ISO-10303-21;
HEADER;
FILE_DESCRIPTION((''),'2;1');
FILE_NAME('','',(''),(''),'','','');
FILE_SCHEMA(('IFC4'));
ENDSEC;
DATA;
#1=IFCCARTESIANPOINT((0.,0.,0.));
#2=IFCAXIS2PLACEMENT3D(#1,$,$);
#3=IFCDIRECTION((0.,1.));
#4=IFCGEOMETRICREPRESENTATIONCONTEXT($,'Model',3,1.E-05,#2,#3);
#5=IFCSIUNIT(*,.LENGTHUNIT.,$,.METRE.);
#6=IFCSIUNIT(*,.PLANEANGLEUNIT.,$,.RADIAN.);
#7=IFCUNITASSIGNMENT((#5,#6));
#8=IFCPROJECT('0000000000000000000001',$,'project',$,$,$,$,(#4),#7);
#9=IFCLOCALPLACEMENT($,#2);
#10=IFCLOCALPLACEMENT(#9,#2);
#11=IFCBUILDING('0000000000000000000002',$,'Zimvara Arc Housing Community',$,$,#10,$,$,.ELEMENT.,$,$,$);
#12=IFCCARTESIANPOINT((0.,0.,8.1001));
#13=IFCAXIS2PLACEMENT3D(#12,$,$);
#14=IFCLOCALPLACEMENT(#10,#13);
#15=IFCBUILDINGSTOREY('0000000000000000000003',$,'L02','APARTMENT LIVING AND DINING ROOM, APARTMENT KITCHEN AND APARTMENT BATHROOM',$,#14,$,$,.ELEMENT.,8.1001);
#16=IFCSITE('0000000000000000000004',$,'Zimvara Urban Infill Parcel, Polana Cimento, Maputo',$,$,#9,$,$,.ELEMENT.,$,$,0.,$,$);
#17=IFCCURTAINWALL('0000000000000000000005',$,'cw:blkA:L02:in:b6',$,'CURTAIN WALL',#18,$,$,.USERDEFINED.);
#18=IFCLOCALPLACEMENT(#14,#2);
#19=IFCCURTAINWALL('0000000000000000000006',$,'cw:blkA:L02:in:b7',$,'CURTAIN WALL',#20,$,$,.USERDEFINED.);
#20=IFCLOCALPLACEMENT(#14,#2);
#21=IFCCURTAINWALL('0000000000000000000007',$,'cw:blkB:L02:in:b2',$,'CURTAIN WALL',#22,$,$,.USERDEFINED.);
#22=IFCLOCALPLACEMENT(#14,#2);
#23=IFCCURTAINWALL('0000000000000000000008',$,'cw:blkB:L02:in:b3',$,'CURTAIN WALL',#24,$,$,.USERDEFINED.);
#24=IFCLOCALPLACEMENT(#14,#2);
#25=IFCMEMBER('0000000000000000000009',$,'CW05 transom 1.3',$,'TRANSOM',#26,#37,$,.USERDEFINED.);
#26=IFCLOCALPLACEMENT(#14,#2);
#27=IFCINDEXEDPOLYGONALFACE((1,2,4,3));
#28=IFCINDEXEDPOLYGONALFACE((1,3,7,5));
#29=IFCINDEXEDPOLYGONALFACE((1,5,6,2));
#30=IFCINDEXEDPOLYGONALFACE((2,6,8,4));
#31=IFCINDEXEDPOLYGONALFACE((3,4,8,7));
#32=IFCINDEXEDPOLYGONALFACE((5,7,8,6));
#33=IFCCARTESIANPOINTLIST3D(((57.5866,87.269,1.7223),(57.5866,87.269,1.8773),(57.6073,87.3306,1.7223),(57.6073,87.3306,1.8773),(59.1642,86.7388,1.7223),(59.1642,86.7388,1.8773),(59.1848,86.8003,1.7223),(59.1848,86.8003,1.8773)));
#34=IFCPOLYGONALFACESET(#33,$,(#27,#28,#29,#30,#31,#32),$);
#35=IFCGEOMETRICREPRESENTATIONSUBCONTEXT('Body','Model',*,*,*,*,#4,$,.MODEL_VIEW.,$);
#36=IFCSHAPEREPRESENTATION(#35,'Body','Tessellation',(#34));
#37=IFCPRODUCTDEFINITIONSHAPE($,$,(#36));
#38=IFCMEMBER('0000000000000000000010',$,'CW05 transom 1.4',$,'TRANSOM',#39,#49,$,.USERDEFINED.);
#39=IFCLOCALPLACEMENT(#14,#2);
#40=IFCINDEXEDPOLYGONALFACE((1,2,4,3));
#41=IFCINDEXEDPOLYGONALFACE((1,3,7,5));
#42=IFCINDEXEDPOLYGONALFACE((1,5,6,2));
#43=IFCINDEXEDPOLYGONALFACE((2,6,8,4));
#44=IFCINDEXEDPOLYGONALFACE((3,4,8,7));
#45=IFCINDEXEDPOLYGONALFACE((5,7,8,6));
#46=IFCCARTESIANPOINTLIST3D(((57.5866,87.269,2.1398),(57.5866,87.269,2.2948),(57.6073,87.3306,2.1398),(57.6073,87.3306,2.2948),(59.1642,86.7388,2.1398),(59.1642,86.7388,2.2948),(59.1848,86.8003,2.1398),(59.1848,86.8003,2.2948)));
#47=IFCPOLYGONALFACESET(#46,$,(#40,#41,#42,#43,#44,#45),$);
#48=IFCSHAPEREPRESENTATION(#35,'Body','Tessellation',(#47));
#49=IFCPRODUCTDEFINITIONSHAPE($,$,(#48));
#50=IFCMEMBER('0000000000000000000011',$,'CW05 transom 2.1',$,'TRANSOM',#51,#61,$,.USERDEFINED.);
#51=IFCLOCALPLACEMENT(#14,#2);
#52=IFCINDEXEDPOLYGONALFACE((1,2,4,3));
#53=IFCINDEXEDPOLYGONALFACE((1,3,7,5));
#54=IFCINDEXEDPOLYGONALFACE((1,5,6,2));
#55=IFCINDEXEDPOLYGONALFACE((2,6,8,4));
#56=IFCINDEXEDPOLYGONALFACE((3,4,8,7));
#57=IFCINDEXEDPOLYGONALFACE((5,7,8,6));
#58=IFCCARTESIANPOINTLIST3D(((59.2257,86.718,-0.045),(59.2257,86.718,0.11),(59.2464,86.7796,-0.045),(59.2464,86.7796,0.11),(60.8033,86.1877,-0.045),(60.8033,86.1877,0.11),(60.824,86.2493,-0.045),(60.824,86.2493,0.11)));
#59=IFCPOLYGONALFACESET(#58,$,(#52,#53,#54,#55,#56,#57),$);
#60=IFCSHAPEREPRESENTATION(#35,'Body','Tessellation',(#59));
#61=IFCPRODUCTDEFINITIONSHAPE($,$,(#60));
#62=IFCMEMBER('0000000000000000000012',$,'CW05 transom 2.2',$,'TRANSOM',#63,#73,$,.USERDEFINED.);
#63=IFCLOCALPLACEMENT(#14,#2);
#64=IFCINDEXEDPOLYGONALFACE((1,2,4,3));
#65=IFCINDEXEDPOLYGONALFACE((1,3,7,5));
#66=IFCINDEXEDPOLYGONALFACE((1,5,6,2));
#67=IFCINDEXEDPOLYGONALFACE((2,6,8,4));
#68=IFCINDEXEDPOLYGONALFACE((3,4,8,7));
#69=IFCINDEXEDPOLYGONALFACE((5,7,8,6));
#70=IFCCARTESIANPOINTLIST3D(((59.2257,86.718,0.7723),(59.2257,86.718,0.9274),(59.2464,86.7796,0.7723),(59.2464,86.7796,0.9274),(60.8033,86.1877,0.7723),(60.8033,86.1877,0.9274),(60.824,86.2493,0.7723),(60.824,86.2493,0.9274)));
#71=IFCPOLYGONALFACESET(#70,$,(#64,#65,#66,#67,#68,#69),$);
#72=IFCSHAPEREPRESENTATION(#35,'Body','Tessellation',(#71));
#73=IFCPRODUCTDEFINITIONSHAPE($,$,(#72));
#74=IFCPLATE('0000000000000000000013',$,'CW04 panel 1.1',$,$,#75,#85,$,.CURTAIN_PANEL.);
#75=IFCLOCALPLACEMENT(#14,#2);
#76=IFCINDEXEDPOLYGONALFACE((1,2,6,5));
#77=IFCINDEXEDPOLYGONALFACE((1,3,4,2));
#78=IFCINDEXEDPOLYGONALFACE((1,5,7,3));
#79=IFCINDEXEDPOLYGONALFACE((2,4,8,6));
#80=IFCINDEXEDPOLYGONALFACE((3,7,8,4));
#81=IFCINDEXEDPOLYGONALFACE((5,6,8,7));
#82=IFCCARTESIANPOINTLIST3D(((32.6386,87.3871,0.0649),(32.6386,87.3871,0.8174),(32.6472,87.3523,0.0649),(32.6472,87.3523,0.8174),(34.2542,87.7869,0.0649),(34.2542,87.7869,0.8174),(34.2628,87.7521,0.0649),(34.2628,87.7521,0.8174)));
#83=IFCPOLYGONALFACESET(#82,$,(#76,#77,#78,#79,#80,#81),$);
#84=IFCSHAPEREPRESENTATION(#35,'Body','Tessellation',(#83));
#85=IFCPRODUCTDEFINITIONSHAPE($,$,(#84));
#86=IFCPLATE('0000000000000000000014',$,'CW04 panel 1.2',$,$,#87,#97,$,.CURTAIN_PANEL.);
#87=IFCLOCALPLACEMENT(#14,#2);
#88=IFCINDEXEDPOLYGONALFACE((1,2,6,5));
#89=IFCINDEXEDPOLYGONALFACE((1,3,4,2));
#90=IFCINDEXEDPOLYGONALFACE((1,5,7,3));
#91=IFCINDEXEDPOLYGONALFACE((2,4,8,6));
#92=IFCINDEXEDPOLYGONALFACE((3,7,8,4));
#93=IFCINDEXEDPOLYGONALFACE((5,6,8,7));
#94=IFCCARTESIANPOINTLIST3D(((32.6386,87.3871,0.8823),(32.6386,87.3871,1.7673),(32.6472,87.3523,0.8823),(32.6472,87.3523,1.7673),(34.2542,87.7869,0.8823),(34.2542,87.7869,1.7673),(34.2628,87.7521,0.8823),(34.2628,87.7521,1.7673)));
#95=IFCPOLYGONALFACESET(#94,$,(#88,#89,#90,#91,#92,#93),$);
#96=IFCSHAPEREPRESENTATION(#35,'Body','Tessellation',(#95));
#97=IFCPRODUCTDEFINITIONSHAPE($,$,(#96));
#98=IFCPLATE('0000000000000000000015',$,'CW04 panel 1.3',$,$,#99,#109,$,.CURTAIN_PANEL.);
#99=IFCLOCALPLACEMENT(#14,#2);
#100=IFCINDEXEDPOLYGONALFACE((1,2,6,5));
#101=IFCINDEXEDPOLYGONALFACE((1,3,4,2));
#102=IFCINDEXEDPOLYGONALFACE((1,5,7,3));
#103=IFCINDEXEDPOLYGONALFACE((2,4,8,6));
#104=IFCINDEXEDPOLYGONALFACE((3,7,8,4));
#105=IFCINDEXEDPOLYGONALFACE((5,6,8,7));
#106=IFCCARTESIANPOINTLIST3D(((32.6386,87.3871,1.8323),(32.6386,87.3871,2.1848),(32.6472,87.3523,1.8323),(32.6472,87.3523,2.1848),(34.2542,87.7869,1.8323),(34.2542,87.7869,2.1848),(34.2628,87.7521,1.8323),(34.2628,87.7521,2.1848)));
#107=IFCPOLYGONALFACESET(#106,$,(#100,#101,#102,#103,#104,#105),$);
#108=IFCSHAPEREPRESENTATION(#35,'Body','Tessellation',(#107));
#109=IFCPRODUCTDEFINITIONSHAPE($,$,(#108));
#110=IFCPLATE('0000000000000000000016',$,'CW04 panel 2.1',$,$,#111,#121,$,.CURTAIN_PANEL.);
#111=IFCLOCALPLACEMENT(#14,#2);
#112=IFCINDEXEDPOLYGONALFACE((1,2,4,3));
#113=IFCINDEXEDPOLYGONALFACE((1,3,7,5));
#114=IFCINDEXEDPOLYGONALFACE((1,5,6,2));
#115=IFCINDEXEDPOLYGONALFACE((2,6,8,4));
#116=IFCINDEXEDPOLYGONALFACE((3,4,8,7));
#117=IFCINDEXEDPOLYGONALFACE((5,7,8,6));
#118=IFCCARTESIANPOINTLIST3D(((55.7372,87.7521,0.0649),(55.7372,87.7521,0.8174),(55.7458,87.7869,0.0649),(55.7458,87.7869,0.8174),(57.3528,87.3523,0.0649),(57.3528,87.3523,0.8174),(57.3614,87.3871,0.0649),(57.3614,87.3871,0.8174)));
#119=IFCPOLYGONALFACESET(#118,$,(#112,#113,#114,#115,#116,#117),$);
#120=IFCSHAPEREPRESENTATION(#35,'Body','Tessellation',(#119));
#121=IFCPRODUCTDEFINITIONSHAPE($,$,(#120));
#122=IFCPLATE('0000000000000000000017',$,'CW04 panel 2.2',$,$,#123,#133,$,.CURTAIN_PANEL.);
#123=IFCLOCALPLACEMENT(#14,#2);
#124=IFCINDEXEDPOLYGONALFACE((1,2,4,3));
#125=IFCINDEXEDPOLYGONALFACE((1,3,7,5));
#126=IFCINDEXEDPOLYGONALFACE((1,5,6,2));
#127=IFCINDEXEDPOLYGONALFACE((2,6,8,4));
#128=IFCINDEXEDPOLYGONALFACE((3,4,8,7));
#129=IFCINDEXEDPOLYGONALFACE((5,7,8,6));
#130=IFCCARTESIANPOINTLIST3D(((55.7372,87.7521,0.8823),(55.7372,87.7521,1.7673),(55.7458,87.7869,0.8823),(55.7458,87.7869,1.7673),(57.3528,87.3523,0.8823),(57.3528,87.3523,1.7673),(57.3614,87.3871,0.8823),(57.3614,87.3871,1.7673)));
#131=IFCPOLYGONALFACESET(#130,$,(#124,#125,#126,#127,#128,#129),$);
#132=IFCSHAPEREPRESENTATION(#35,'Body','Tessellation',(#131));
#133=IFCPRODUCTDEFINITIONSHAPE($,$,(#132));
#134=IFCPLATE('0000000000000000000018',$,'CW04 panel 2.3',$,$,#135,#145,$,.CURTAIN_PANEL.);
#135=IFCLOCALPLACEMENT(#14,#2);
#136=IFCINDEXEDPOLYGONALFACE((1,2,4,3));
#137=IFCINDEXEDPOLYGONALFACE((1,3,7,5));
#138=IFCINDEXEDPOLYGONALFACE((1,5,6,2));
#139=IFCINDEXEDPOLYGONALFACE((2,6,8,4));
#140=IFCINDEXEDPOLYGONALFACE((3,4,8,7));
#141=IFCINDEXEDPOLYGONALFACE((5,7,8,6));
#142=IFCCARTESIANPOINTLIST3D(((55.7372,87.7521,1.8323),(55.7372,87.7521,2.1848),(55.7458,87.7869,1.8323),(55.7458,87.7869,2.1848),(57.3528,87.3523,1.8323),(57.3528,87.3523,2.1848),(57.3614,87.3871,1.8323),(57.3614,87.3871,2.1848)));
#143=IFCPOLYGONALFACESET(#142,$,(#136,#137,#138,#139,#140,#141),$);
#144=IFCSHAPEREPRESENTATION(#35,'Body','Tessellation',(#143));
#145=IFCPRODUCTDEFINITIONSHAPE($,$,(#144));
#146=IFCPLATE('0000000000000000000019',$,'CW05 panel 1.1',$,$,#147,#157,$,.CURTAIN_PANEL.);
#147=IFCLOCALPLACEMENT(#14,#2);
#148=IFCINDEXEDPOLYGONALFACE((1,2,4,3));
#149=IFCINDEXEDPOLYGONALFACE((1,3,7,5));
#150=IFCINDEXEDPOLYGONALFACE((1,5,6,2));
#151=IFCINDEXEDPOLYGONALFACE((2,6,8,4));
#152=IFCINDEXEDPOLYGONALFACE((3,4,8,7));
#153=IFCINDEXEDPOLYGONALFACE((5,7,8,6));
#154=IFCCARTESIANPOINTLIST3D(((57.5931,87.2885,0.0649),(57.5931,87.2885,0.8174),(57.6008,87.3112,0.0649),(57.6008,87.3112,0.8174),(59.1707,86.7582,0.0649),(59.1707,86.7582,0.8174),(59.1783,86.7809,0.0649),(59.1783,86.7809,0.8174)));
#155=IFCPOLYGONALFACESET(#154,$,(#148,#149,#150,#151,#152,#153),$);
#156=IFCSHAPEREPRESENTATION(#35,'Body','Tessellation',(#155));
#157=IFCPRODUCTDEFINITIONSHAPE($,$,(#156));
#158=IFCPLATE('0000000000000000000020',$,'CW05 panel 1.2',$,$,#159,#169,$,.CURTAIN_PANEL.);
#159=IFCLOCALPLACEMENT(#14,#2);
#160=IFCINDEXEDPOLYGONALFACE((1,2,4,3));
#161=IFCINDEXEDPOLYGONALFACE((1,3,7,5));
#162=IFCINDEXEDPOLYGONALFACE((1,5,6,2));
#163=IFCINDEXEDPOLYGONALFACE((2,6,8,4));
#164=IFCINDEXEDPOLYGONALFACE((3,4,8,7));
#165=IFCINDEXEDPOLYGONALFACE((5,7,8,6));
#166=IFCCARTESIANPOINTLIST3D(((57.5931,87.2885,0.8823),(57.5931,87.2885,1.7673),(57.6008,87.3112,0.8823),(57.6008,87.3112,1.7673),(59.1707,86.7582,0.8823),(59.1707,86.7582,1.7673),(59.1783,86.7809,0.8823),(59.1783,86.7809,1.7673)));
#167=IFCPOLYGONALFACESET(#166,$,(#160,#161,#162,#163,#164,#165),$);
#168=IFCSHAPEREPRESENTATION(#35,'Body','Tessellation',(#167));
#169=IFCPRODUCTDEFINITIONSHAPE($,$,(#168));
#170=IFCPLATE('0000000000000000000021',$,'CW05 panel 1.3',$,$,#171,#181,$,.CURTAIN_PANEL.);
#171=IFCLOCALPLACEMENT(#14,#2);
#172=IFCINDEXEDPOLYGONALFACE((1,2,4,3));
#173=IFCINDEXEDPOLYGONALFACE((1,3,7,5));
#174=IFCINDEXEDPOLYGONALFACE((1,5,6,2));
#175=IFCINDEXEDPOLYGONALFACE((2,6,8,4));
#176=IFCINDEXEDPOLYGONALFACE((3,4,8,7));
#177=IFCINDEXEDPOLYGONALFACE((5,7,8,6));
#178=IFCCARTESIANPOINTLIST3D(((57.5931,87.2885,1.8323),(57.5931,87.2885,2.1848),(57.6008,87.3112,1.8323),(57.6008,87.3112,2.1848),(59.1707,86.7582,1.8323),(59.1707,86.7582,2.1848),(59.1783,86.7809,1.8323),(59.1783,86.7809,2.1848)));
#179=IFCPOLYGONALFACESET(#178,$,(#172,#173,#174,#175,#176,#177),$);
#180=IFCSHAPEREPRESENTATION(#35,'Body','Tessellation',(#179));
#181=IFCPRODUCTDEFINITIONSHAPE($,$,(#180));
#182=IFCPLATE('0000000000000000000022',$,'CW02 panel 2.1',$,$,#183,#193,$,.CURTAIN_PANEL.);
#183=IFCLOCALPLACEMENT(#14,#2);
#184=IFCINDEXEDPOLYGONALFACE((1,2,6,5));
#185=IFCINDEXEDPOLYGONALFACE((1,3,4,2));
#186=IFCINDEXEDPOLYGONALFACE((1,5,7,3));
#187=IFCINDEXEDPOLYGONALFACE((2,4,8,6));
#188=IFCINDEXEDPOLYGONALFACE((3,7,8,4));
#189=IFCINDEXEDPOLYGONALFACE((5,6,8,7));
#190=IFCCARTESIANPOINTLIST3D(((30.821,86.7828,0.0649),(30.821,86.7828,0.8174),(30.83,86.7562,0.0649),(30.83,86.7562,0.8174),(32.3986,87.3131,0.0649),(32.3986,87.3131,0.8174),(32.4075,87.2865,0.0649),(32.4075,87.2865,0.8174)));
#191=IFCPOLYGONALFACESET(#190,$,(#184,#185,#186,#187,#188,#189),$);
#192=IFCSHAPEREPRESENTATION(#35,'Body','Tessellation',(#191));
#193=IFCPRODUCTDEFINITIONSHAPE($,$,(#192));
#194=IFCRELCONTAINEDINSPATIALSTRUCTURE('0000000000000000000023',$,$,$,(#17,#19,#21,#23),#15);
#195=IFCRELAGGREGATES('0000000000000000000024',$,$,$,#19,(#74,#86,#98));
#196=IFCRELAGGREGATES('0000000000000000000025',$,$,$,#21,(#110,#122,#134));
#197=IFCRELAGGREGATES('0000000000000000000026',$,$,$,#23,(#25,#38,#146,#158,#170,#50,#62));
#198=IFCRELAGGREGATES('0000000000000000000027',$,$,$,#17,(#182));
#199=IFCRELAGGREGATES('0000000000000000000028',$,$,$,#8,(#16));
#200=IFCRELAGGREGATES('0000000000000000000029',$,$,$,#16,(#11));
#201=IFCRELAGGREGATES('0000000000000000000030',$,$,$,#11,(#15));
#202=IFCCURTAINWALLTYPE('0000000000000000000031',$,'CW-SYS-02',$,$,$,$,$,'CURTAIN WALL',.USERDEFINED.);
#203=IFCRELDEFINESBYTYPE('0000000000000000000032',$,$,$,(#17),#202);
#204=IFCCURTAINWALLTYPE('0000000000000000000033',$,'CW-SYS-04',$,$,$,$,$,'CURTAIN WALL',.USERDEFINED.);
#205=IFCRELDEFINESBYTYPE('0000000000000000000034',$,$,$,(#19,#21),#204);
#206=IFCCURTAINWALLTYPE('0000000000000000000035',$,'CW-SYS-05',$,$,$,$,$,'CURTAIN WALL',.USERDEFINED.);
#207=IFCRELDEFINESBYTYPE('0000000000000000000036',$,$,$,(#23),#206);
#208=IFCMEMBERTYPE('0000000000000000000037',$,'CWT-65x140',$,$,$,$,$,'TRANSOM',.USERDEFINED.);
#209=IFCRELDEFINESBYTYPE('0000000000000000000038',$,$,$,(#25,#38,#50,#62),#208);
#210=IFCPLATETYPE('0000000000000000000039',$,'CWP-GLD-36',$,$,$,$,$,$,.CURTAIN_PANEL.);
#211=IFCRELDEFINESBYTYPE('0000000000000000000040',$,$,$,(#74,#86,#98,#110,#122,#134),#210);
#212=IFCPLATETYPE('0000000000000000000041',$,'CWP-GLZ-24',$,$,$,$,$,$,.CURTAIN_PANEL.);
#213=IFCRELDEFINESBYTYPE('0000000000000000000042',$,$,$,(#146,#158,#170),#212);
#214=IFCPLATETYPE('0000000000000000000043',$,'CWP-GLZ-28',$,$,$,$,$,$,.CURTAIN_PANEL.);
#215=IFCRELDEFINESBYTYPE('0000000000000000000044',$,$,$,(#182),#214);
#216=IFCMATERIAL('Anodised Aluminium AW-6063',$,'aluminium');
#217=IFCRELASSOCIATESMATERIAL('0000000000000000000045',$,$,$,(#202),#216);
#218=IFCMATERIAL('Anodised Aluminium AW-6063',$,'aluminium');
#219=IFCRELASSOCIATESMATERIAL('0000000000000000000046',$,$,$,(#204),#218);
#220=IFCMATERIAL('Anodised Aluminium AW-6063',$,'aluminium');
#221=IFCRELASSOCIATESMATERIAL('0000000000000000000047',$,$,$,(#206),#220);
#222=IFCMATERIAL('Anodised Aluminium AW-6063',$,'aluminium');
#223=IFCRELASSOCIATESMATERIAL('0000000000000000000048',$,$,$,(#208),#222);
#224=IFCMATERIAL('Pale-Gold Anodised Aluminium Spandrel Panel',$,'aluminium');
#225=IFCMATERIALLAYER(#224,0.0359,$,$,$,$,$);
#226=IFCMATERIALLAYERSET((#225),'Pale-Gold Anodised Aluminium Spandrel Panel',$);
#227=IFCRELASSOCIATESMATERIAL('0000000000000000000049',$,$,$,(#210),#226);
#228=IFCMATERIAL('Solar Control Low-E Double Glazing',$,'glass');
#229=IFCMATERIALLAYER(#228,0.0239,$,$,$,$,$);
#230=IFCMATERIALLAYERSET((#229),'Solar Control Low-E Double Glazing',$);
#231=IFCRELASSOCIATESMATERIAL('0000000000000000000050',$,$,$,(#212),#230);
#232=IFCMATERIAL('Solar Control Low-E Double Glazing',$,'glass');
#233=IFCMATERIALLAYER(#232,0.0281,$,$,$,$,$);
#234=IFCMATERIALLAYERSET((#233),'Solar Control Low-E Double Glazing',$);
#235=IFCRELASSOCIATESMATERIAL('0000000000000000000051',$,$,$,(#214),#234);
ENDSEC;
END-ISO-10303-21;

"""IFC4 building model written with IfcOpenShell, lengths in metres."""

from ifc_helpers import new_model, si_unit, direction, frame, origin, origin_2d, place, context, subcontext, project, spatial, rectangle, extrude, material, layer, layer_set, material_profile, profile_set, type_object, element, aggregate, save


model = new_model("IFC4")

# Units and contexts
model_context = context("Model", 3, precision=1e-05, world=origin(), true_north=direction((0.0, 1.0)))
body_context = subcontext(model_context, "Body", "Model", "MODEL_VIEW")
ifc_project = project(units=[si_unit("LENGTHUNIT", "METRE"), si_unit("PLANEANGLEUNIT", "RADIAN")], contexts=[model_context])

# Site, building, storey
site_placement = place(None, origin())
site = spatial("IfcSite", under=ifc_project, at=site_placement, Name="Zimvara Urban Infill Parcel, Polana Cimento, Maputo", CompositionType="ELEMENT", RefElevation=0.0)
building_placement = place(site_placement, origin())
building = spatial("IfcBuilding", under=site, at=building_placement, Name="Zimvara Arc Housing Community", CompositionType="ELEMENT")
storey_placement = place(building_placement, frame((0.0, 0.0, 8.1001)))
storey = spatial("IfcBuildingStorey", under=building, at=storey_placement, Name="L02", Description="APARTMENT LIVING AND DINING ROOM, APARTMENT KITCHEN AND APARTMENT BATHROOM", CompositionType="ELEMENT", Elevation=8.1001)

# Curtain walls
ifc_material_1 = material(Name="Anodised Aluminium AW-6063", Category="aluminium")
curtain_wall_type_1 = type_object("IfcCurtainWallType", Name="CW-SYS-02", ElementType="CURTAIN WALL", PredefinedType="USERDEFINED", material=ifc_material_1)
curtain_wall_1_placement = place(storey_placement, origin())
curtain_wall_1 = element("IfcCurtainWall", 1, at=curtain_wall_1_placement, inside=storey, type_object=curtain_wall_type_1, Name="cw:blkA:L02:in:b6", ObjectType="CURTAIN WALL", PredefinedType="USERDEFINED")
ifc_material_2 = material(Name="Anodised Aluminium AW-6063", Category="aluminium")
curtain_wall_type_2 = type_object("IfcCurtainWallType", Name="CW-SYS-04", ElementType="CURTAIN WALL", PredefinedType="USERDEFINED", material=ifc_material_2)
curtain_wall_2_placement = place(storey_placement, origin())
curtain_wall_2 = element("IfcCurtainWall", 2, at=curtain_wall_2_placement, inside=storey, type_object=curtain_wall_type_2, Name="cw:blkA:L02:in:b7", ObjectType="CURTAIN WALL", PredefinedType="USERDEFINED")
curtain_wall_3_placement = place(storey_placement, origin())
curtain_wall_3 = element("IfcCurtainWall", 3, at=curtain_wall_3_placement, inside=storey, type_object=curtain_wall_type_2, Name="cw:blkB:L02:in:b2", ObjectType="CURTAIN WALL", PredefinedType="USERDEFINED")

# Curtain wall
ifc_material_3 = material(Name="Anodised Aluminium AW-6063", Category="aluminium")
curtain_wall_type_3 = type_object("IfcCurtainWallType", Name="CW-SYS-05", ElementType="CURTAIN WALL", PredefinedType="USERDEFINED", material=ifc_material_3)
curtain_wall_4_placement = place(storey_placement, origin())
curtain_wall_4 = element("IfcCurtainWall", 4, at=curtain_wall_4_placement, inside=storey, type_object=curtain_wall_type_3, Name="cw:blkB:L02:in:b3", ObjectType="CURTAIN WALL", PredefinedType="USERDEFINED")

# Members
ifc_material_4 = material(Name="Anodised Aluminium AW-6063", Category="aluminium")
ifc_material_profile_1 = material_profile(ifc_material_4, rectangle(XDim=0.0649, YDim=0.155, at=origin_2d()), Name="ALU 65x155")
ifc_profile_set_1 = profile_set([ifc_material_profile_1], Name="Anodised Aluminium AW-6063")
member_type_1 = type_object("IfcMemberType", Name="CWT-65x140", ElementType="TRANSOM", PredefinedType="USERDEFINED", material=ifc_profile_set_1)
member_1_placement = place(storey_placement, frame((57.5969, 87.2998, 1.7998), z_axis=(0.947888, -0.318603, 0.0), x_axis=(0.318603, 0.947888, 0.0)))
member_1 = element("IfcMember", 5, at=member_1_placement, type_object=member_type_1, Name="CW05 transom 1.3", ObjectType="TRANSOM", PredefinedType="USERDEFINED", context=body_context, shape_type="SweptSolid", body=[
    extrude(rectangle(XDim=0.0649, YDim=0.155, at=origin_2d()), origin(), (0.0, 0.0, 1.0), 1.6643),
])
member_2_placement = place(storey_placement, frame((57.5969, 87.2998, 2.2173), z_axis=(0.947888, -0.318603, 0.0), x_axis=(0.318603, 0.947888, 0.0)))
member_2 = element("IfcMember", 6, at=member_2_placement, type_object=member_type_1, Name="CW05 transom 1.4", ObjectType="TRANSOM", PredefinedType="USERDEFINED", context=body_context, shape_type="SweptSolid", body=[
    extrude(rectangle(XDim=0.0649, YDim=0.155, at=origin_2d()), origin(), (0.0, 0.0, 1.0), 1.6643),
])
member_3_placement = place(storey_placement, frame((59.2361, 86.7488, 0.0325), z_axis=(0.947888, -0.318603, 0.0), x_axis=(0.318603, 0.947888, 0.0)))
member_3 = element("IfcMember", 7, at=member_3_placement, type_object=member_type_1, Name="CW05 transom 2.1", ObjectType="TRANSOM", PredefinedType="USERDEFINED", context=body_context, shape_type="SweptSolid", body=[
    extrude(rectangle(XDim=0.0649, YDim=0.155, at=origin_2d()), origin(), (0.0, 0.0, 1.0), 1.6643),
])
member_4_placement = place(storey_placement, frame((59.2361, 86.7488, 0.8499), z_axis=(0.947888, -0.318603, 0.0), x_axis=(0.318603, 0.947888, 0.0)))
member_4 = element("IfcMember", 8, at=member_4_placement, type_object=member_type_1, Name="CW05 transom 2.2", ObjectType="TRANSOM", PredefinedType="USERDEFINED", context=body_context, shape_type="SweptSolid", body=[
    extrude(rectangle(XDim=0.0649, YDim=0.155, at=origin_2d()), origin(), (0.0, 0.0, 1.0), 1.6643),
])

# Plates
ifc_material_5 = material(Name="Pale-Gold Anodised Aluminium Spandrel Panel", Category="aluminium")
ifc_layer_1 = layer(ifc_material_5, 0.0359)
ifc_layer_set_1 = layer_set([ifc_layer_1], Name="Pale-Gold Anodised Aluminium Spandrel Panel")
plate_type_1 = type_object("IfcPlateType", Name="CWP-GLD-36", PredefinedType="CURTAIN_PANEL", material=ifc_layer_set_1)
plate_1_placement = place(storey_placement, frame((33.4507, 87.5696, 0.0649), z_axis=(0.0, 0.0, 1.0), x_axis=(0.970717, 0.240228, 0.0)))
plate_1 = element("IfcPlate", 9, at=plate_1_placement, type_object=plate_type_1, Name="CW04 panel 1.1", PredefinedType="CURTAIN_PANEL", context=body_context, shape_type="SweptSolid", body=[
    extrude(rectangle(XDim=1.6643, YDim=0.0359, at=origin_2d()), origin(), (0.0, 0.0, 1.0), 0.7524),
])
plate_2_placement = place(storey_placement, frame((33.4507, 87.5696, 0.8823), z_axis=(0.0, 0.0, 1.0), x_axis=(0.970717, 0.240228, 0.0)))
plate_2 = element("IfcPlate", 10, at=plate_2_placement, type_object=plate_type_1, Name="CW04 panel 1.2", PredefinedType="CURTAIN_PANEL", context=body_context, shape_type="SweptSolid", body=[
    extrude(rectangle(XDim=1.6643, YDim=0.0359, at=origin_2d()), origin(), (0.0, 0.0, 1.0), 0.885),
])
plate_3_placement = place(storey_placement, frame((33.4507, 87.5696, 1.8323), z_axis=(0.0, 0.0, 1.0), x_axis=(0.970717, 0.240228, 0.0)))
plate_3 = element("IfcPlate", 11, at=plate_3_placement, type_object=plate_type_1, Name="CW04 panel 1.3", PredefinedType="CURTAIN_PANEL", context=body_context, shape_type="SweptSolid", body=[
    extrude(rectangle(XDim=1.6643, YDim=0.0359, at=origin_2d()), origin(), (0.0, 0.0, 1.0), 0.3525),
])
aggregate(curtain_wall_2, [plate_1, plate_2, plate_3])
plate_4_placement = place(storey_placement, frame((56.5493, 87.5696, 0.0649), z_axis=(0.0, 0.0, 1.0), x_axis=(0.970717, -0.240228, 0.0)))
plate_4 = element("IfcPlate", 12, at=plate_4_placement, type_object=plate_type_1, Name="CW04 panel 2.1", PredefinedType="CURTAIN_PANEL", context=body_context, shape_type="SweptSolid", body=[
    extrude(rectangle(XDim=1.6643, YDim=0.0359, at=origin_2d()), origin(), (0.0, 0.0, 1.0), 0.7524),
])
plate_5_placement = place(storey_placement, frame((56.5493, 87.5696, 0.8823), z_axis=(0.0, 0.0, 1.0), x_axis=(0.970717, -0.240228, 0.0)))
plate_5 = element("IfcPlate", 13, at=plate_5_placement, type_object=plate_type_1, Name="CW04 panel 2.2", PredefinedType="CURTAIN_PANEL", context=body_context, shape_type="SweptSolid", body=[
    extrude(rectangle(XDim=1.6643, YDim=0.0359, at=origin_2d()), origin(), (0.0, 0.0, 1.0), 0.885),
])
plate_6_placement = place(storey_placement, frame((56.5493, 87.5696, 1.8323), z_axis=(0.0, 0.0, 1.0), x_axis=(0.970717, -0.240228, 0.0)))
plate_6 = element("IfcPlate", 14, at=plate_6_placement, type_object=plate_type_1, Name="CW04 panel 2.3", PredefinedType="CURTAIN_PANEL", context=body_context, shape_type="SweptSolid", body=[
    extrude(rectangle(XDim=1.6643, YDim=0.0359, at=origin_2d()), origin(), (0.0, 0.0, 1.0), 0.3525),
])
aggregate(curtain_wall_3, [plate_4, plate_5, plate_6])
ifc_material_6 = material(Name="Solar Control Low-E Double Glazing", Category="glass")
ifc_layer_2 = layer(ifc_material_6, 0.0239)
ifc_layer_set_2 = layer_set([ifc_layer_2], Name="Solar Control Low-E Double Glazing")
plate_type_2 = type_object("IfcPlateType", Name="CWP-GLZ-24", PredefinedType="CURTAIN_PANEL", material=ifc_layer_set_2)
plate_7_placement = place(storey_placement, frame((58.3857, 87.0347, 0.0649), z_axis=(0.0, 0.0, 1.0), x_axis=(0.947879, -0.31863, 0.0)))
plate_7 = element("IfcPlate", 15, at=plate_7_placement, type_object=plate_type_2, Name="CW05 panel 1.1", PredefinedType="CURTAIN_PANEL", context=body_context, shape_type="SweptSolid", body=[
    extrude(rectangle(XDim=1.6643, YDim=0.0239, at=origin_2d()), origin(), (0.0, 0.0, 1.0), 0.7524),
])
plate_8_placement = place(storey_placement, frame((58.3857, 87.0347, 0.8823), z_axis=(0.0, 0.0, 1.0), x_axis=(0.947879, -0.31863, 0.0)))
plate_8 = element("IfcPlate", 16, at=plate_8_placement, type_object=plate_type_2, Name="CW05 panel 1.2", PredefinedType="CURTAIN_PANEL", context=body_context, shape_type="SweptSolid", body=[
    extrude(rectangle(XDim=1.6643, YDim=0.0239, at=origin_2d()), origin(), (0.0, 0.0, 1.0), 0.885),
])
plate_9_placement = place(storey_placement, frame((58.3857, 87.0347, 1.8323), z_axis=(0.0, 0.0, 1.0), x_axis=(0.947879, -0.31863, 0.0)))
plate_9 = element("IfcPlate", 17, at=plate_9_placement, type_object=plate_type_2, Name="CW05 panel 1.3", PredefinedType="CURTAIN_PANEL", context=body_context, shape_type="SweptSolid", body=[
    extrude(rectangle(XDim=1.6643, YDim=0.0239, at=origin_2d()), origin(), (0.0, 0.0, 1.0), 0.3525),
])
aggregate(curtain_wall_4, [member_1, member_2, plate_7, plate_8, plate_9, member_3, member_4])
ifc_material_7 = material(Name="Solar Control Low-E Double Glazing", Category="glass")
ifc_layer_3 = layer(ifc_material_7, 0.0281)
ifc_layer_set_3 = layer_set([ifc_layer_3], Name="Solar Control Low-E Double Glazing")
plate_type_3 = type_object("IfcPlateType", Name="CWP-GLZ-28", PredefinedType="CURTAIN_PANEL", material=ifc_layer_set_3)
plate_10_placement = place(storey_placement, frame((31.6143, 87.0347, 0.0649), z_axis=(0.0, 0.0, 1.0), x_axis=(0.947879, 0.31863, 0.0)))
plate_10 = element("IfcPlate", 18, at=plate_10_placement, type_object=plate_type_3, Name="CW02 panel 2.1", PredefinedType="CURTAIN_PANEL", context=body_context, shape_type="SweptSolid", body=[
    extrude(rectangle(XDim=1.6643, YDim=0.0281, at=origin_2d()), origin(), (0.0, 0.0, 1.0), 0.7524),
])
aggregate(curtain_wall_1, [plate_10])

save(model, "model.ifc")
